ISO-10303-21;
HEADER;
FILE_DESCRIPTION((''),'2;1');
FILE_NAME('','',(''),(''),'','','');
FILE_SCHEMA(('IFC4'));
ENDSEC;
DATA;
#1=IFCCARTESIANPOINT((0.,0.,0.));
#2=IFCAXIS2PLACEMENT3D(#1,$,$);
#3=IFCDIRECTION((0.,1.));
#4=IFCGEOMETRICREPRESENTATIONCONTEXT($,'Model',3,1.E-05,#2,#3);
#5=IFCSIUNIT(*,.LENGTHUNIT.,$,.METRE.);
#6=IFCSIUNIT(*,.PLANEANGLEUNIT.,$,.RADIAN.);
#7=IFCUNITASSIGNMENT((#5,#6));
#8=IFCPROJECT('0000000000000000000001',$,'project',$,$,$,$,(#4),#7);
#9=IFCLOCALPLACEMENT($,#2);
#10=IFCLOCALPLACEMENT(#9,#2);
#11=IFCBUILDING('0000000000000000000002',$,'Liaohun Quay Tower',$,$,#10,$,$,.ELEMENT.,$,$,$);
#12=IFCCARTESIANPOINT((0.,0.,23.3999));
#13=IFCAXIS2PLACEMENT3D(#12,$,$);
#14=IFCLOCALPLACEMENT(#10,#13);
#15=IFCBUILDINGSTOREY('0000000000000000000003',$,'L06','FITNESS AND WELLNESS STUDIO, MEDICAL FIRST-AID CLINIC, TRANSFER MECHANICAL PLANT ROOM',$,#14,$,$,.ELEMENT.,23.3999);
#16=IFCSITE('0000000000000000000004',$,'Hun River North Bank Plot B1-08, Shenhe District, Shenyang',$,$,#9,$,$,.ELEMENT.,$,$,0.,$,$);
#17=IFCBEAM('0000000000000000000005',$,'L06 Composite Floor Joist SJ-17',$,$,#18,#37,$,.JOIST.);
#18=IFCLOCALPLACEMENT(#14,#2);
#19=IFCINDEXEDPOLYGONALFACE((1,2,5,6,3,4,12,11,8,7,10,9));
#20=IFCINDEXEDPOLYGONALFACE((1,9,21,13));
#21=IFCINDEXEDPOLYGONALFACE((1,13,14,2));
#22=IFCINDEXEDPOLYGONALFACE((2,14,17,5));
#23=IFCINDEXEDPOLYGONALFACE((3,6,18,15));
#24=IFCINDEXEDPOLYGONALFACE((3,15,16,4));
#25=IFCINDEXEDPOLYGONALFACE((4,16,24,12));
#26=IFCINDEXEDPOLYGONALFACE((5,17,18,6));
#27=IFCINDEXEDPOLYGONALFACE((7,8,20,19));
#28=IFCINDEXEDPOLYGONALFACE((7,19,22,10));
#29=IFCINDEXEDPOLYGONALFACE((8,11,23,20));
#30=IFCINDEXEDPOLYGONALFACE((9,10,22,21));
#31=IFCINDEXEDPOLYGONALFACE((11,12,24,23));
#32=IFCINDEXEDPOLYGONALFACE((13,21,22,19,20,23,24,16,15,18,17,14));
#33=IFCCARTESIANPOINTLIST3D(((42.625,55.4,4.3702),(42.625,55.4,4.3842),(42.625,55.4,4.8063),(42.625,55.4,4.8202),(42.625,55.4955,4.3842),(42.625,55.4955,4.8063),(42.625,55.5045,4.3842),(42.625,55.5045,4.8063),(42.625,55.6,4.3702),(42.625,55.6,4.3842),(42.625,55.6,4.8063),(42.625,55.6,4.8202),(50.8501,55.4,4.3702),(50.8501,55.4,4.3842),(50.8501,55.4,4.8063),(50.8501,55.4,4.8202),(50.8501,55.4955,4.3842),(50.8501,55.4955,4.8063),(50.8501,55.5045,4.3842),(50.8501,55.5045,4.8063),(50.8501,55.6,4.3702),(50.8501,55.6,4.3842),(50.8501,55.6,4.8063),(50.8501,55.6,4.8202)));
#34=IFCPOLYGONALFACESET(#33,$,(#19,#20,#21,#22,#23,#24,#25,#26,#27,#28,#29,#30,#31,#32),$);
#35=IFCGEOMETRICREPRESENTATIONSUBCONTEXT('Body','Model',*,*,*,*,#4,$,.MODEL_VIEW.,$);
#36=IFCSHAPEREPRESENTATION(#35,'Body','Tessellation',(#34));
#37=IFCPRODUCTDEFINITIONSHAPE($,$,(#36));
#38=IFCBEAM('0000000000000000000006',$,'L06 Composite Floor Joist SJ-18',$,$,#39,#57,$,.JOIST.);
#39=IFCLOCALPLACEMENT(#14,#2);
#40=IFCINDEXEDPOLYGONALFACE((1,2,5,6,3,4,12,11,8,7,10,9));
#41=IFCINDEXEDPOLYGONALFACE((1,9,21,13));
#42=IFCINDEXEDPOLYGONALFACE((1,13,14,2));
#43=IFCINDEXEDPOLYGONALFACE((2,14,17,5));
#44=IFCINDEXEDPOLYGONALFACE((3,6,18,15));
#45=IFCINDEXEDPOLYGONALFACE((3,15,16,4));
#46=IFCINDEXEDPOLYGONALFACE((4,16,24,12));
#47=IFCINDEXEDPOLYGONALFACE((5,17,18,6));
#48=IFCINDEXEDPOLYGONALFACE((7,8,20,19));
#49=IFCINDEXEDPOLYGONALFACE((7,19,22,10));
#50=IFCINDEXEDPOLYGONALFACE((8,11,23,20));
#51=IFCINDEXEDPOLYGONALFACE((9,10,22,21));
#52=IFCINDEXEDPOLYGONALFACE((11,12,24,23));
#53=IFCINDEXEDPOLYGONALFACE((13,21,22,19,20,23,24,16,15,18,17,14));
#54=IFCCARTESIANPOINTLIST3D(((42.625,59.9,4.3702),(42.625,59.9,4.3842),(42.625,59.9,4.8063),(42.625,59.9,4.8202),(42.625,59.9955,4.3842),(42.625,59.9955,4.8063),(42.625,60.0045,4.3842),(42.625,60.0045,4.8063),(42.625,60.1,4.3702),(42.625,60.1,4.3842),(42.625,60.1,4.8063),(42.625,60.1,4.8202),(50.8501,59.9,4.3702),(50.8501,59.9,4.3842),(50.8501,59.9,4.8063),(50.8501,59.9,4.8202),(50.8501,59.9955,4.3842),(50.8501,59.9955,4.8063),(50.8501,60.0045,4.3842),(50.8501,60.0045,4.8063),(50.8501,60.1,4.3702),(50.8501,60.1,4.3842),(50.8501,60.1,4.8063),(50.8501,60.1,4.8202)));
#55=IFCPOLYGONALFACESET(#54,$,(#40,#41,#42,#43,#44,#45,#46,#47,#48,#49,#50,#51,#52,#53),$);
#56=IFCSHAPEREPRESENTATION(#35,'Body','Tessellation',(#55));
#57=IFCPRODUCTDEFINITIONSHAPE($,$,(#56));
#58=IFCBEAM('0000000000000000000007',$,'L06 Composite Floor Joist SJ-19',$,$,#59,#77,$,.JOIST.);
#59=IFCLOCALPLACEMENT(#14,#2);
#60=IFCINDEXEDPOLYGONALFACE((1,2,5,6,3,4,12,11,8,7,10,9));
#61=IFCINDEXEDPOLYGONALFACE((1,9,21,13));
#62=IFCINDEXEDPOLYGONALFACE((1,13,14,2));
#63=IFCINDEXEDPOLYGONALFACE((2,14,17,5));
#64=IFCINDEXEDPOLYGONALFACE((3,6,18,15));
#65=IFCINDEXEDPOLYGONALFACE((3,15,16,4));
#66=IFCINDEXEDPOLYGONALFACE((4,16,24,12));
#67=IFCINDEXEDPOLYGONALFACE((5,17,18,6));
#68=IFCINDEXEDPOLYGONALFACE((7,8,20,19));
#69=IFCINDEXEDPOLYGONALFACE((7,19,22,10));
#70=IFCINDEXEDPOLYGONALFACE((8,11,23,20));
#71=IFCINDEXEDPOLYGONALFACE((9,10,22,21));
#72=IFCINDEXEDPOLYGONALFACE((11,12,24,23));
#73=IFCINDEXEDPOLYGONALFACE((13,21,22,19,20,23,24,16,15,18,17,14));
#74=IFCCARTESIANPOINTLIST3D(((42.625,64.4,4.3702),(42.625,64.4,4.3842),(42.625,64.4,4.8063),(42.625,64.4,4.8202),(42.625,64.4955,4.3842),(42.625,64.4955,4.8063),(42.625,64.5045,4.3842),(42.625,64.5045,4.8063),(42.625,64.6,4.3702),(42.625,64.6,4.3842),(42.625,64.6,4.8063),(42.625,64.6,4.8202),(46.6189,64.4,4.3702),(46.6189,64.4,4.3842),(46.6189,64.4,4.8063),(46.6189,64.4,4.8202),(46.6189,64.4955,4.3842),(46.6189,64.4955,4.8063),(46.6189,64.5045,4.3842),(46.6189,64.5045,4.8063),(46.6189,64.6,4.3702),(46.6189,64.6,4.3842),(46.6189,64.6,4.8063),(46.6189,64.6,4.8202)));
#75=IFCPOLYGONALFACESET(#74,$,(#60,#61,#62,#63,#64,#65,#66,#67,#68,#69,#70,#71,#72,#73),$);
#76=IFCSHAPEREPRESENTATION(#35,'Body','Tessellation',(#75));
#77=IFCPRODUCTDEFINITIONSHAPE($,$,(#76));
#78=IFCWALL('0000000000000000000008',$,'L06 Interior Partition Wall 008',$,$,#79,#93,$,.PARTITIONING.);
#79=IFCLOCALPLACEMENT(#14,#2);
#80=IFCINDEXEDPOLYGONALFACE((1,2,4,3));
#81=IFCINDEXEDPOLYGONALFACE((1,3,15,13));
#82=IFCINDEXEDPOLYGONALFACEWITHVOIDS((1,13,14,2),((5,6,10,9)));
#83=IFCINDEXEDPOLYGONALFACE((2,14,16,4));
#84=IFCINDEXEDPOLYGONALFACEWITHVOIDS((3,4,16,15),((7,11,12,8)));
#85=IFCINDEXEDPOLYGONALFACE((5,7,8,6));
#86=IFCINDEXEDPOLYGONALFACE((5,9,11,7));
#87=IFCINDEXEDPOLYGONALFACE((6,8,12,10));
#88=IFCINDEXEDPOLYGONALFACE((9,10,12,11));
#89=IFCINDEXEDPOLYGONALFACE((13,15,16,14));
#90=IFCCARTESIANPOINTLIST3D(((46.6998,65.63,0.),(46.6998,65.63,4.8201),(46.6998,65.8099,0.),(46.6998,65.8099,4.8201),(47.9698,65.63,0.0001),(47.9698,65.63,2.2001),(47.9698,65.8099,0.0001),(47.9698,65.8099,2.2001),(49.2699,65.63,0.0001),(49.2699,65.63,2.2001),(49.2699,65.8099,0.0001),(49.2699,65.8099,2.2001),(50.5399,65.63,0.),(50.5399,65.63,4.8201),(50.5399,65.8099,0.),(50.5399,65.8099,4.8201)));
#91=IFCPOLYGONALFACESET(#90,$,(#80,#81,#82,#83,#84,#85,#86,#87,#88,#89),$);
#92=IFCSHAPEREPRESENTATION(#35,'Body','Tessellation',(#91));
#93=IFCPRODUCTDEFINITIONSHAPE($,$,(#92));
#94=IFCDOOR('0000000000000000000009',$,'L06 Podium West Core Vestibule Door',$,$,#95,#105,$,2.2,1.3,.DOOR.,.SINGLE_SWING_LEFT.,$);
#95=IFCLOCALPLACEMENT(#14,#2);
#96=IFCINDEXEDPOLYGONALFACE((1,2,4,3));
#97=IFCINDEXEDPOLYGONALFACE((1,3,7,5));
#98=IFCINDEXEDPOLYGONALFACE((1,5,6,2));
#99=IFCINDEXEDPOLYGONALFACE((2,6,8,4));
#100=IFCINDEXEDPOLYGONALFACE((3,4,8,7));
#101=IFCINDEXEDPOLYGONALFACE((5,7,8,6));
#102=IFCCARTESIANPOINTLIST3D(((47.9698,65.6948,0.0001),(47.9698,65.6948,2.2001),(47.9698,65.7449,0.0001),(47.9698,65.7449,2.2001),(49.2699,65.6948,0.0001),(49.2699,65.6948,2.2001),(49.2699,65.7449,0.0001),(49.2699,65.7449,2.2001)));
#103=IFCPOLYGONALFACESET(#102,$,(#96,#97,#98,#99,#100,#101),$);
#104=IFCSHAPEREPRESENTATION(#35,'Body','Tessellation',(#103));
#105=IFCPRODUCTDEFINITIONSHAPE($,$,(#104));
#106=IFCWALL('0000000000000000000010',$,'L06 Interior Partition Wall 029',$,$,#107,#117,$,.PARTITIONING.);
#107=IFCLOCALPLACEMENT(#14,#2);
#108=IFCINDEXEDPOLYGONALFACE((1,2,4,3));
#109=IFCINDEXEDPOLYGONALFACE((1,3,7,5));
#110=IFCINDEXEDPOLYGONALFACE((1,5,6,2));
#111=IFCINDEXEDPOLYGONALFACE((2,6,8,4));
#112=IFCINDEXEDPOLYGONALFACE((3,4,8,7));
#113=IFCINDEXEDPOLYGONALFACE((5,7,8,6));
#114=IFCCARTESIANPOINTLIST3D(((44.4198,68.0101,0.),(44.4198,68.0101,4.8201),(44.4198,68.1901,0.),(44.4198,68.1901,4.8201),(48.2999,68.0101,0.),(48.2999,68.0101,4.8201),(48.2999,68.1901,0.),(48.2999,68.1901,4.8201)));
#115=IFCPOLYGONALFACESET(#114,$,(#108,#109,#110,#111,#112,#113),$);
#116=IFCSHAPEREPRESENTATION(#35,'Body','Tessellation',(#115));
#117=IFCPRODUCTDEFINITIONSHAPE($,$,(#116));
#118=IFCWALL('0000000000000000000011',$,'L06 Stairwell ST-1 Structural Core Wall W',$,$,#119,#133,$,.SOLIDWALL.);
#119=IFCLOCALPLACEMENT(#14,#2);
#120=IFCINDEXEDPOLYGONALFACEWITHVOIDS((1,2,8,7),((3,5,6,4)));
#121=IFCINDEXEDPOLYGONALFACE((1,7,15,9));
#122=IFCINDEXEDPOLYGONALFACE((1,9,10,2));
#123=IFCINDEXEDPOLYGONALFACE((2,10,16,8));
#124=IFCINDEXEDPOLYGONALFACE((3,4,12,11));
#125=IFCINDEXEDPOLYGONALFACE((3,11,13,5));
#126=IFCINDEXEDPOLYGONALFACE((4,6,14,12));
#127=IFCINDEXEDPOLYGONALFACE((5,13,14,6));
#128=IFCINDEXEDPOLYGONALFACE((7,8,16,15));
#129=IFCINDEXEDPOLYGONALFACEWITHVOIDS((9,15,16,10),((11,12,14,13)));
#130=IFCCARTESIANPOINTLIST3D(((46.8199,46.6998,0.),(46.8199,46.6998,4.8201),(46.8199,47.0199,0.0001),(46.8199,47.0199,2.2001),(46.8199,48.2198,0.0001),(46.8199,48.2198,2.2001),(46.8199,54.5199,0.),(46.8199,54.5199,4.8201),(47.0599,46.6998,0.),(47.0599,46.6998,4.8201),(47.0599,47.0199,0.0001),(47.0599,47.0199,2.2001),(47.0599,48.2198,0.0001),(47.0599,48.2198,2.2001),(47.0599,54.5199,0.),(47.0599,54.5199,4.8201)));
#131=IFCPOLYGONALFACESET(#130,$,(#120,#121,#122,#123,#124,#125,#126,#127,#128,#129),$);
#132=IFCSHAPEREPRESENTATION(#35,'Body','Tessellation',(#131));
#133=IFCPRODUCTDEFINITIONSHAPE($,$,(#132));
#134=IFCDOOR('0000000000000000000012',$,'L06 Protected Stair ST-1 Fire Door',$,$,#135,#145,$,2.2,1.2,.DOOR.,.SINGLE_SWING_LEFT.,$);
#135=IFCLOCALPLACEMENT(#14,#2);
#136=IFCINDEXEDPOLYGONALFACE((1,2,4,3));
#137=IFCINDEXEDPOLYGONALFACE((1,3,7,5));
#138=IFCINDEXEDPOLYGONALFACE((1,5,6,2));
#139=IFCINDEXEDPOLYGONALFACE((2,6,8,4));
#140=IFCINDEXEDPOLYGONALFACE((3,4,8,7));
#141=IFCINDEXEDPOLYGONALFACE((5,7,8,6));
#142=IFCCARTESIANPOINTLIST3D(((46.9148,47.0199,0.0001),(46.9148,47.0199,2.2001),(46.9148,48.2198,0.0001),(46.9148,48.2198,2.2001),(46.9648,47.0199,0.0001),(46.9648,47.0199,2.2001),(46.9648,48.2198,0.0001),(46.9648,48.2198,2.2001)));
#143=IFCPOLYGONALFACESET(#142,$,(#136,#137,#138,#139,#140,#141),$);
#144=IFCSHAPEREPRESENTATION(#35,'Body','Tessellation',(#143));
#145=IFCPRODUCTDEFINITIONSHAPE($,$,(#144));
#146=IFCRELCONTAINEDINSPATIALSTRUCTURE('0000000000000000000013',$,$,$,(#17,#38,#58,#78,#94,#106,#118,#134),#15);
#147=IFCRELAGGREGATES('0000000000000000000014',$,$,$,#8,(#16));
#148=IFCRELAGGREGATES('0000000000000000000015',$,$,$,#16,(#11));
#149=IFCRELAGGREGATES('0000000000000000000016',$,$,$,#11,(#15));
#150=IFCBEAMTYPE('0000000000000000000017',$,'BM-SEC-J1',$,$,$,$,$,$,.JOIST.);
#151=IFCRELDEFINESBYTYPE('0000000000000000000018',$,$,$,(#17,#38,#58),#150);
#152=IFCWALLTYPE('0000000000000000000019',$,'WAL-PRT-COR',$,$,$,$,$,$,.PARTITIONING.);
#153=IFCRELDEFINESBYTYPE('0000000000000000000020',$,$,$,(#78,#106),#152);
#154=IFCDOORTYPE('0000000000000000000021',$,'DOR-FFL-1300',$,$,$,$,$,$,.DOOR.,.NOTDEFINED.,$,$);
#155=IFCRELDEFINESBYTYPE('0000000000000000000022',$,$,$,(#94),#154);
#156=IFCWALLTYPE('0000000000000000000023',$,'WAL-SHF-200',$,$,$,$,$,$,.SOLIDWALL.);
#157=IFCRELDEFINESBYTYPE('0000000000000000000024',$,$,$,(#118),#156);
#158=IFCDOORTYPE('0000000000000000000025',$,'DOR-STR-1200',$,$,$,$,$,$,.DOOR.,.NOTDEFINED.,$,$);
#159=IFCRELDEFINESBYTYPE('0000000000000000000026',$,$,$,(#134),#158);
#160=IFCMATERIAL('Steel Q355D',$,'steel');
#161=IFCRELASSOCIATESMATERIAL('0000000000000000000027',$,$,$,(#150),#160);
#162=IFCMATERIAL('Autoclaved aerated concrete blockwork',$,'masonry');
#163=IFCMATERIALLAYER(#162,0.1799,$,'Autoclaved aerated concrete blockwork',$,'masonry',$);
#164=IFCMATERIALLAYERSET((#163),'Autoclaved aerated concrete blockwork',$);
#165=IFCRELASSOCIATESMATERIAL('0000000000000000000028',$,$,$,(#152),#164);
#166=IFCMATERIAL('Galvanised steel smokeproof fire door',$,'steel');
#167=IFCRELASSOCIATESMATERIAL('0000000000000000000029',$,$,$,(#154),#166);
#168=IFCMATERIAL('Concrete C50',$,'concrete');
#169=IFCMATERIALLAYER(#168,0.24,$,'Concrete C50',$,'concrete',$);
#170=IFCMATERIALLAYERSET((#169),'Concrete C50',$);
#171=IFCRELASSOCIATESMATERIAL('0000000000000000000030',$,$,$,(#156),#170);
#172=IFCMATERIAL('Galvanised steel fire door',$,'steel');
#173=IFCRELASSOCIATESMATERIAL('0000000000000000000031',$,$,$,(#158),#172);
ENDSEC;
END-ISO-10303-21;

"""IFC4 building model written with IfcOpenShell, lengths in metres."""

from ifc_helpers import new_model, si_unit, direction, frame, frame_2d, origin, origin_2d, place, context, subcontext, project, spatial, rectangle, i_section, extrude, source, transform, mapped, material, layer, layer_set, material_profile, profile_set, type_object, element, fill, save


model = new_model("IFC4")

# Units and contexts
model_context = context("Model", 3, precision=1e-05, world=origin(), true_north=direction((0.0, 1.0)))
body_context = subcontext(model_context, "Body", "Model", "MODEL_VIEW")
ifc_project = project(units=[si_unit("LENGTHUNIT", "METRE"), si_unit("PLANEANGLEUNIT", "RADIAN")], contexts=[model_context])

# Site, building, storey
site_placement = place(None, origin())
site = spatial("IfcSite", under=ifc_project, at=site_placement, Name="Hun River North Bank Plot B1-08, Shenhe District, Shenyang", CompositionType="ELEMENT", RefElevation=0.0)
building_placement = place(site_placement, origin())
building = spatial("IfcBuilding", under=site, at=building_placement, Name="Liaohun Quay Tower", CompositionType="ELEMENT")
storey_placement = place(building_placement, frame((0.0, 0.0, 23.3999)))
storey = spatial("IfcBuildingStorey", under=building, at=storey_placement, Name="L06", Description="FITNESS AND WELLNESS STUDIO, MEDICAL FIRST-AID CLINIC, TRANSFER MECHANICAL PLANT ROOM", CompositionType="ELEMENT", Elevation=23.3999)

# Beams
ifc_material_1 = material(Name="Steel Q355D", Category="steel")
ifc_material_profile_1 = material_profile(ifc_material_1, i_section(OverallWidth=0.2, OverallDepth=0.45, WebThickness=0.009, FlangeThickness=0.0139, at=origin_2d()), Name="HN450x200x9x14")
ifc_profile_set_1 = profile_set([ifc_material_profile_1], Name="Steel Q355D")
beam_type_1 = type_object("IfcBeamType", Name="BM-SEC-J1", PredefinedType="JOIST", material=ifc_profile_set_1)
shared_shape_1 = source(origin(), body_context, "Body", "SweptSolid", [
    extrude(i_section(OverallWidth=0.2, OverallDepth=0.45, WebThickness=0.009, FlangeThickness=0.0139, at=origin_2d()), origin(), (0.0, 0.0, 1.0), 8.2251),
])
for number, where, z_axis, x_axis, name in (
    (1, (42.625, 55.5, 4.5952), (1.0, 0.0, 0.0), (0.0, 1.0, 0.0), "L06 Composite Floor Joist SJ-17"),
    (2, (42.625, 60.0, 4.5952), (1.0, 0.0, 0.0), (0.0, 1.0, 0.0), "L06 Composite Floor Joist SJ-18"),
):
    element("IfcBeam", number, at=place(storey_placement, frame(where, z_axis=z_axis, x_axis=x_axis)), inside=storey, type_object=beam_type_1, Name=name, PredefinedType="JOIST", context=body_context, shape_type="MappedRepresentation", body=[
        mapped(shared_shape_1, transform((0.0, 0.0, 0.0), x_axis=(1.0, 0.0, 0.0), y_axis=(0.0, 1.0, 0.0), z_axis=(0.0, 0.0, 1.0), scale=1.0)),
    ])
shared_shape_2 = source(origin(), body_context, "Body", "SweptSolid", [
    extrude(i_section(OverallWidth=0.2, OverallDepth=0.45, WebThickness=0.009, FlangeThickness=0.0139, at=origin_2d()), origin(), (0.0, 0.0, 1.0), 3.9939),
])
beam_1_placement = place(storey_placement, frame((42.625, 64.5, 4.5952), z_axis=(1.0, 0.0, 0.0), x_axis=(0.0, 1.0, 0.0)))
element("IfcBeam", 3, at=beam_1_placement, inside=storey, type_object=beam_type_1, Name="L06 Composite Floor Joist SJ-19", PredefinedType="JOIST", context=body_context, shape_type="MappedRepresentation", body=[
    mapped(shared_shape_2, transform((0.0, 0.0, 0.0), x_axis=(1.0, 0.0, 0.0), y_axis=(0.0, 1.0, 0.0), z_axis=(0.0, 0.0, 1.0), scale=1.0)),
])

# Wall, opening, door
ifc_material_2 = material(Name="Autoclaved aerated concrete blockwork", Category="masonry")
ifc_layer_1 = layer(ifc_material_2, 0.1799, Name="Autoclaved aerated concrete blockwork", Category="masonry")
ifc_layer_set_1 = layer_set([ifc_layer_1], Name="Autoclaved aerated concrete blockwork")
wall_type_1 = type_object("IfcWallType", Name="WAL-PRT-COR", PredefinedType="PARTITIONING", material=ifc_layer_set_1)
wall_1_placement = place(storey_placement, frame((46.7, 65.72, 0.0), z_axis=(0.0, 0.0, 1.0), x_axis=(1.0, 0.0, 0.0)))
wall_1 = element("IfcWall", 4, at=wall_1_placement, inside=storey, type_object=wall_type_1, Name="L06 Interior Partition Wall 008", PredefinedType="PARTITIONING", context=body_context, shape_type="SweptSolid", body=[
    extrude(rectangle(XDim=3.8401, YDim=0.1799, at=frame_2d((1.9199, 0.0))), origin(), (0.0, 0.0, 1.0), 4.8201),
])
shared_shape_3 = source(origin(), body_context, "Body", "SweptSolid", [
    extrude(rectangle(XDim=1.3, YDim=2.2, at=frame_2d((0.6499, 1.1001))), frame((0.0, 0.0999, 0.0), z_axis=(0.0, -1.0, 0.0), x_axis=(1.0, 0.0, 0.0)), (0.0, 0.0, 1.0), 0.2),
])
opening_1_placement = place(wall_1_placement, frame((1.27, 0.0, 0.0)))
opening_1 = element("IfcOpeningElement", 5, at=opening_1_placement, cuts=wall_1, PredefinedType="OPENING", context=body_context, shape_type="MappedRepresentation", body=[
    mapped(shared_shape_3, transform((0.0, 0.0, 0.0), x_axis=(1.0, 0.0, 0.0), y_axis=(0.0, 1.0, 0.0), z_axis=(0.0, 0.0, 1.0), scale=1.0)),
])
ifc_material_3 = material(Name="Galvanised steel smokeproof fire door", Category="steel")
door_type_1 = type_object("IfcDoorType", Name="DOR-FFL-1300", OperationType="NOTDEFINED", PredefinedType="DOOR", material=ifc_material_3)
shared_shape_4 = source(origin(), body_context, "Body", "SweptSolid", [
    extrude(rectangle(XDim=1.3, YDim=2.2, at=frame_2d((0.6499, 1.1001))), frame((0.0, 0.0249, 0.0), z_axis=(0.0, -1.0, 0.0), x_axis=(1.0, 0.0, 0.0)), (0.0, 0.0, 1.0), 0.05),
])
door_1_placement = place(opening_1_placement, origin())
door_1 = element("IfcDoor", 6, at=door_1_placement, inside=storey, type_object=door_type_1, Name="L06 Podium West Core Vestibule Door", OperationType="SINGLE_SWING_LEFT", OverallHeight=2.2, OverallWidth=1.3, PredefinedType="DOOR", context=body_context, shape_type="MappedRepresentation", body=[
    mapped(shared_shape_4, transform((0.0, 0.0, 0.0), x_axis=(1.0, 0.0, 0.0), y_axis=(0.0, 1.0, 0.0), z_axis=(0.0, 0.0, 1.0), scale=1.0)),
])
fill(opening_1, door_1)

# Wall
wall_2_placement = place(storey_placement, frame((44.4199, 68.1001, 0.0), z_axis=(0.0, 0.0, 1.0), x_axis=(1.0, 0.0, 0.0)))
element("IfcWall", 7, at=wall_2_placement, inside=storey, type_object=wall_type_1, Name="L06 Interior Partition Wall 029", PredefinedType="PARTITIONING", context=body_context, shape_type="SweptSolid", body=[
    extrude(rectangle(XDim=3.8801, YDim=0.1799, at=frame_2d((1.9399, 0.0))), origin(), (0.0, 0.0, 1.0), 4.8201),
])

# Wall, opening, door
ifc_material_4 = material(Name="Concrete C50", Category="concrete")
ifc_layer_2 = layer(ifc_material_4, 0.24, Name="Concrete C50", Category="concrete")
ifc_layer_set_2 = layer_set([ifc_layer_2], Name="Concrete C50")
wall_type_2 = type_object("IfcWallType", Name="WAL-SHF-200", PredefinedType="SOLIDWALL", material=ifc_layer_set_2)
wall_3_placement = place(storey_placement, frame((46.9399, 54.52, 0.0), z_axis=(0.0, 0.0, 1.0), x_axis=(0.0, -1.0, 0.0)))
wall_3 = element("IfcWall", 8, at=wall_3_placement, inside=storey, type_object=wall_type_2, Name="L06 Stairwell ST-1 Structural Core Wall W", PredefinedType="SOLIDWALL", context=body_context, shape_type="SweptSolid", body=[
    extrude(rectangle(XDim=7.8201, YDim=0.24, at=frame_2d((3.9102, 0.0))), origin(), (0.0, 0.0, 1.0), 4.8201),
])
shared_shape_5 = source(origin(), body_context, "Body", "SweptSolid", [
    extrude(rectangle(XDim=1.2, YDim=2.2, at=frame_2d((0.6001, 1.1001))), frame((0.0, 0.1299, 0.0), z_axis=(0.0, -1.0, 0.0), x_axis=(1.0, 0.0, 0.0)), (0.0, 0.0, 1.0), 0.26),
])
opening_2_placement = place(wall_3_placement, frame((6.3, 0.0, 0.0)))
opening_2 = element("IfcOpeningElement", 9, at=opening_2_placement, cuts=wall_3, PredefinedType="OPENING", context=body_context, shape_type="MappedRepresentation", body=[
    mapped(shared_shape_5, transform((0.0, 0.0, 0.0), x_axis=(1.0, 0.0, 0.0), y_axis=(0.0, 1.0, 0.0), z_axis=(0.0, 0.0, 1.0), scale=1.0)),
])
ifc_material_5 = material(Name="Galvanised steel fire door", Category="steel")
door_type_2 = type_object("IfcDoorType", Name="DOR-STR-1200", OperationType="NOTDEFINED", PredefinedType="DOOR", material=ifc_material_5)
shared_shape_6 = source(origin(), body_context, "Body", "SweptSolid", [
    extrude(rectangle(XDim=1.2, YDim=2.2, at=frame_2d((0.6001, 1.1001))), frame((0.0, 0.0249, 0.0), z_axis=(0.0, -1.0, 0.0), x_axis=(1.0, 0.0, 0.0)), (0.0, 0.0, 1.0), 0.05),
])
door_2_placement = place(opening_2_placement, origin())
door_2 = element("IfcDoor", 10, at=door_2_placement, inside=storey, type_object=door_type_2, Name="L06 Protected Stair ST-1 Fire Door", OperationType="SINGLE_SWING_LEFT", OverallHeight=2.2, OverallWidth=1.2, PredefinedType="DOOR", context=body_context, shape_type="MappedRepresentation", body=[
    mapped(shared_shape_6, transform((0.0, 0.0, 0.0), x_axis=(1.0, 0.0, 0.0), y_axis=(0.0, 1.0, 0.0), z_axis=(0.0, 0.0, 1.0), scale=1.0)),
])
fill(opening_2, door_2)

save(model, "model.ifc")
